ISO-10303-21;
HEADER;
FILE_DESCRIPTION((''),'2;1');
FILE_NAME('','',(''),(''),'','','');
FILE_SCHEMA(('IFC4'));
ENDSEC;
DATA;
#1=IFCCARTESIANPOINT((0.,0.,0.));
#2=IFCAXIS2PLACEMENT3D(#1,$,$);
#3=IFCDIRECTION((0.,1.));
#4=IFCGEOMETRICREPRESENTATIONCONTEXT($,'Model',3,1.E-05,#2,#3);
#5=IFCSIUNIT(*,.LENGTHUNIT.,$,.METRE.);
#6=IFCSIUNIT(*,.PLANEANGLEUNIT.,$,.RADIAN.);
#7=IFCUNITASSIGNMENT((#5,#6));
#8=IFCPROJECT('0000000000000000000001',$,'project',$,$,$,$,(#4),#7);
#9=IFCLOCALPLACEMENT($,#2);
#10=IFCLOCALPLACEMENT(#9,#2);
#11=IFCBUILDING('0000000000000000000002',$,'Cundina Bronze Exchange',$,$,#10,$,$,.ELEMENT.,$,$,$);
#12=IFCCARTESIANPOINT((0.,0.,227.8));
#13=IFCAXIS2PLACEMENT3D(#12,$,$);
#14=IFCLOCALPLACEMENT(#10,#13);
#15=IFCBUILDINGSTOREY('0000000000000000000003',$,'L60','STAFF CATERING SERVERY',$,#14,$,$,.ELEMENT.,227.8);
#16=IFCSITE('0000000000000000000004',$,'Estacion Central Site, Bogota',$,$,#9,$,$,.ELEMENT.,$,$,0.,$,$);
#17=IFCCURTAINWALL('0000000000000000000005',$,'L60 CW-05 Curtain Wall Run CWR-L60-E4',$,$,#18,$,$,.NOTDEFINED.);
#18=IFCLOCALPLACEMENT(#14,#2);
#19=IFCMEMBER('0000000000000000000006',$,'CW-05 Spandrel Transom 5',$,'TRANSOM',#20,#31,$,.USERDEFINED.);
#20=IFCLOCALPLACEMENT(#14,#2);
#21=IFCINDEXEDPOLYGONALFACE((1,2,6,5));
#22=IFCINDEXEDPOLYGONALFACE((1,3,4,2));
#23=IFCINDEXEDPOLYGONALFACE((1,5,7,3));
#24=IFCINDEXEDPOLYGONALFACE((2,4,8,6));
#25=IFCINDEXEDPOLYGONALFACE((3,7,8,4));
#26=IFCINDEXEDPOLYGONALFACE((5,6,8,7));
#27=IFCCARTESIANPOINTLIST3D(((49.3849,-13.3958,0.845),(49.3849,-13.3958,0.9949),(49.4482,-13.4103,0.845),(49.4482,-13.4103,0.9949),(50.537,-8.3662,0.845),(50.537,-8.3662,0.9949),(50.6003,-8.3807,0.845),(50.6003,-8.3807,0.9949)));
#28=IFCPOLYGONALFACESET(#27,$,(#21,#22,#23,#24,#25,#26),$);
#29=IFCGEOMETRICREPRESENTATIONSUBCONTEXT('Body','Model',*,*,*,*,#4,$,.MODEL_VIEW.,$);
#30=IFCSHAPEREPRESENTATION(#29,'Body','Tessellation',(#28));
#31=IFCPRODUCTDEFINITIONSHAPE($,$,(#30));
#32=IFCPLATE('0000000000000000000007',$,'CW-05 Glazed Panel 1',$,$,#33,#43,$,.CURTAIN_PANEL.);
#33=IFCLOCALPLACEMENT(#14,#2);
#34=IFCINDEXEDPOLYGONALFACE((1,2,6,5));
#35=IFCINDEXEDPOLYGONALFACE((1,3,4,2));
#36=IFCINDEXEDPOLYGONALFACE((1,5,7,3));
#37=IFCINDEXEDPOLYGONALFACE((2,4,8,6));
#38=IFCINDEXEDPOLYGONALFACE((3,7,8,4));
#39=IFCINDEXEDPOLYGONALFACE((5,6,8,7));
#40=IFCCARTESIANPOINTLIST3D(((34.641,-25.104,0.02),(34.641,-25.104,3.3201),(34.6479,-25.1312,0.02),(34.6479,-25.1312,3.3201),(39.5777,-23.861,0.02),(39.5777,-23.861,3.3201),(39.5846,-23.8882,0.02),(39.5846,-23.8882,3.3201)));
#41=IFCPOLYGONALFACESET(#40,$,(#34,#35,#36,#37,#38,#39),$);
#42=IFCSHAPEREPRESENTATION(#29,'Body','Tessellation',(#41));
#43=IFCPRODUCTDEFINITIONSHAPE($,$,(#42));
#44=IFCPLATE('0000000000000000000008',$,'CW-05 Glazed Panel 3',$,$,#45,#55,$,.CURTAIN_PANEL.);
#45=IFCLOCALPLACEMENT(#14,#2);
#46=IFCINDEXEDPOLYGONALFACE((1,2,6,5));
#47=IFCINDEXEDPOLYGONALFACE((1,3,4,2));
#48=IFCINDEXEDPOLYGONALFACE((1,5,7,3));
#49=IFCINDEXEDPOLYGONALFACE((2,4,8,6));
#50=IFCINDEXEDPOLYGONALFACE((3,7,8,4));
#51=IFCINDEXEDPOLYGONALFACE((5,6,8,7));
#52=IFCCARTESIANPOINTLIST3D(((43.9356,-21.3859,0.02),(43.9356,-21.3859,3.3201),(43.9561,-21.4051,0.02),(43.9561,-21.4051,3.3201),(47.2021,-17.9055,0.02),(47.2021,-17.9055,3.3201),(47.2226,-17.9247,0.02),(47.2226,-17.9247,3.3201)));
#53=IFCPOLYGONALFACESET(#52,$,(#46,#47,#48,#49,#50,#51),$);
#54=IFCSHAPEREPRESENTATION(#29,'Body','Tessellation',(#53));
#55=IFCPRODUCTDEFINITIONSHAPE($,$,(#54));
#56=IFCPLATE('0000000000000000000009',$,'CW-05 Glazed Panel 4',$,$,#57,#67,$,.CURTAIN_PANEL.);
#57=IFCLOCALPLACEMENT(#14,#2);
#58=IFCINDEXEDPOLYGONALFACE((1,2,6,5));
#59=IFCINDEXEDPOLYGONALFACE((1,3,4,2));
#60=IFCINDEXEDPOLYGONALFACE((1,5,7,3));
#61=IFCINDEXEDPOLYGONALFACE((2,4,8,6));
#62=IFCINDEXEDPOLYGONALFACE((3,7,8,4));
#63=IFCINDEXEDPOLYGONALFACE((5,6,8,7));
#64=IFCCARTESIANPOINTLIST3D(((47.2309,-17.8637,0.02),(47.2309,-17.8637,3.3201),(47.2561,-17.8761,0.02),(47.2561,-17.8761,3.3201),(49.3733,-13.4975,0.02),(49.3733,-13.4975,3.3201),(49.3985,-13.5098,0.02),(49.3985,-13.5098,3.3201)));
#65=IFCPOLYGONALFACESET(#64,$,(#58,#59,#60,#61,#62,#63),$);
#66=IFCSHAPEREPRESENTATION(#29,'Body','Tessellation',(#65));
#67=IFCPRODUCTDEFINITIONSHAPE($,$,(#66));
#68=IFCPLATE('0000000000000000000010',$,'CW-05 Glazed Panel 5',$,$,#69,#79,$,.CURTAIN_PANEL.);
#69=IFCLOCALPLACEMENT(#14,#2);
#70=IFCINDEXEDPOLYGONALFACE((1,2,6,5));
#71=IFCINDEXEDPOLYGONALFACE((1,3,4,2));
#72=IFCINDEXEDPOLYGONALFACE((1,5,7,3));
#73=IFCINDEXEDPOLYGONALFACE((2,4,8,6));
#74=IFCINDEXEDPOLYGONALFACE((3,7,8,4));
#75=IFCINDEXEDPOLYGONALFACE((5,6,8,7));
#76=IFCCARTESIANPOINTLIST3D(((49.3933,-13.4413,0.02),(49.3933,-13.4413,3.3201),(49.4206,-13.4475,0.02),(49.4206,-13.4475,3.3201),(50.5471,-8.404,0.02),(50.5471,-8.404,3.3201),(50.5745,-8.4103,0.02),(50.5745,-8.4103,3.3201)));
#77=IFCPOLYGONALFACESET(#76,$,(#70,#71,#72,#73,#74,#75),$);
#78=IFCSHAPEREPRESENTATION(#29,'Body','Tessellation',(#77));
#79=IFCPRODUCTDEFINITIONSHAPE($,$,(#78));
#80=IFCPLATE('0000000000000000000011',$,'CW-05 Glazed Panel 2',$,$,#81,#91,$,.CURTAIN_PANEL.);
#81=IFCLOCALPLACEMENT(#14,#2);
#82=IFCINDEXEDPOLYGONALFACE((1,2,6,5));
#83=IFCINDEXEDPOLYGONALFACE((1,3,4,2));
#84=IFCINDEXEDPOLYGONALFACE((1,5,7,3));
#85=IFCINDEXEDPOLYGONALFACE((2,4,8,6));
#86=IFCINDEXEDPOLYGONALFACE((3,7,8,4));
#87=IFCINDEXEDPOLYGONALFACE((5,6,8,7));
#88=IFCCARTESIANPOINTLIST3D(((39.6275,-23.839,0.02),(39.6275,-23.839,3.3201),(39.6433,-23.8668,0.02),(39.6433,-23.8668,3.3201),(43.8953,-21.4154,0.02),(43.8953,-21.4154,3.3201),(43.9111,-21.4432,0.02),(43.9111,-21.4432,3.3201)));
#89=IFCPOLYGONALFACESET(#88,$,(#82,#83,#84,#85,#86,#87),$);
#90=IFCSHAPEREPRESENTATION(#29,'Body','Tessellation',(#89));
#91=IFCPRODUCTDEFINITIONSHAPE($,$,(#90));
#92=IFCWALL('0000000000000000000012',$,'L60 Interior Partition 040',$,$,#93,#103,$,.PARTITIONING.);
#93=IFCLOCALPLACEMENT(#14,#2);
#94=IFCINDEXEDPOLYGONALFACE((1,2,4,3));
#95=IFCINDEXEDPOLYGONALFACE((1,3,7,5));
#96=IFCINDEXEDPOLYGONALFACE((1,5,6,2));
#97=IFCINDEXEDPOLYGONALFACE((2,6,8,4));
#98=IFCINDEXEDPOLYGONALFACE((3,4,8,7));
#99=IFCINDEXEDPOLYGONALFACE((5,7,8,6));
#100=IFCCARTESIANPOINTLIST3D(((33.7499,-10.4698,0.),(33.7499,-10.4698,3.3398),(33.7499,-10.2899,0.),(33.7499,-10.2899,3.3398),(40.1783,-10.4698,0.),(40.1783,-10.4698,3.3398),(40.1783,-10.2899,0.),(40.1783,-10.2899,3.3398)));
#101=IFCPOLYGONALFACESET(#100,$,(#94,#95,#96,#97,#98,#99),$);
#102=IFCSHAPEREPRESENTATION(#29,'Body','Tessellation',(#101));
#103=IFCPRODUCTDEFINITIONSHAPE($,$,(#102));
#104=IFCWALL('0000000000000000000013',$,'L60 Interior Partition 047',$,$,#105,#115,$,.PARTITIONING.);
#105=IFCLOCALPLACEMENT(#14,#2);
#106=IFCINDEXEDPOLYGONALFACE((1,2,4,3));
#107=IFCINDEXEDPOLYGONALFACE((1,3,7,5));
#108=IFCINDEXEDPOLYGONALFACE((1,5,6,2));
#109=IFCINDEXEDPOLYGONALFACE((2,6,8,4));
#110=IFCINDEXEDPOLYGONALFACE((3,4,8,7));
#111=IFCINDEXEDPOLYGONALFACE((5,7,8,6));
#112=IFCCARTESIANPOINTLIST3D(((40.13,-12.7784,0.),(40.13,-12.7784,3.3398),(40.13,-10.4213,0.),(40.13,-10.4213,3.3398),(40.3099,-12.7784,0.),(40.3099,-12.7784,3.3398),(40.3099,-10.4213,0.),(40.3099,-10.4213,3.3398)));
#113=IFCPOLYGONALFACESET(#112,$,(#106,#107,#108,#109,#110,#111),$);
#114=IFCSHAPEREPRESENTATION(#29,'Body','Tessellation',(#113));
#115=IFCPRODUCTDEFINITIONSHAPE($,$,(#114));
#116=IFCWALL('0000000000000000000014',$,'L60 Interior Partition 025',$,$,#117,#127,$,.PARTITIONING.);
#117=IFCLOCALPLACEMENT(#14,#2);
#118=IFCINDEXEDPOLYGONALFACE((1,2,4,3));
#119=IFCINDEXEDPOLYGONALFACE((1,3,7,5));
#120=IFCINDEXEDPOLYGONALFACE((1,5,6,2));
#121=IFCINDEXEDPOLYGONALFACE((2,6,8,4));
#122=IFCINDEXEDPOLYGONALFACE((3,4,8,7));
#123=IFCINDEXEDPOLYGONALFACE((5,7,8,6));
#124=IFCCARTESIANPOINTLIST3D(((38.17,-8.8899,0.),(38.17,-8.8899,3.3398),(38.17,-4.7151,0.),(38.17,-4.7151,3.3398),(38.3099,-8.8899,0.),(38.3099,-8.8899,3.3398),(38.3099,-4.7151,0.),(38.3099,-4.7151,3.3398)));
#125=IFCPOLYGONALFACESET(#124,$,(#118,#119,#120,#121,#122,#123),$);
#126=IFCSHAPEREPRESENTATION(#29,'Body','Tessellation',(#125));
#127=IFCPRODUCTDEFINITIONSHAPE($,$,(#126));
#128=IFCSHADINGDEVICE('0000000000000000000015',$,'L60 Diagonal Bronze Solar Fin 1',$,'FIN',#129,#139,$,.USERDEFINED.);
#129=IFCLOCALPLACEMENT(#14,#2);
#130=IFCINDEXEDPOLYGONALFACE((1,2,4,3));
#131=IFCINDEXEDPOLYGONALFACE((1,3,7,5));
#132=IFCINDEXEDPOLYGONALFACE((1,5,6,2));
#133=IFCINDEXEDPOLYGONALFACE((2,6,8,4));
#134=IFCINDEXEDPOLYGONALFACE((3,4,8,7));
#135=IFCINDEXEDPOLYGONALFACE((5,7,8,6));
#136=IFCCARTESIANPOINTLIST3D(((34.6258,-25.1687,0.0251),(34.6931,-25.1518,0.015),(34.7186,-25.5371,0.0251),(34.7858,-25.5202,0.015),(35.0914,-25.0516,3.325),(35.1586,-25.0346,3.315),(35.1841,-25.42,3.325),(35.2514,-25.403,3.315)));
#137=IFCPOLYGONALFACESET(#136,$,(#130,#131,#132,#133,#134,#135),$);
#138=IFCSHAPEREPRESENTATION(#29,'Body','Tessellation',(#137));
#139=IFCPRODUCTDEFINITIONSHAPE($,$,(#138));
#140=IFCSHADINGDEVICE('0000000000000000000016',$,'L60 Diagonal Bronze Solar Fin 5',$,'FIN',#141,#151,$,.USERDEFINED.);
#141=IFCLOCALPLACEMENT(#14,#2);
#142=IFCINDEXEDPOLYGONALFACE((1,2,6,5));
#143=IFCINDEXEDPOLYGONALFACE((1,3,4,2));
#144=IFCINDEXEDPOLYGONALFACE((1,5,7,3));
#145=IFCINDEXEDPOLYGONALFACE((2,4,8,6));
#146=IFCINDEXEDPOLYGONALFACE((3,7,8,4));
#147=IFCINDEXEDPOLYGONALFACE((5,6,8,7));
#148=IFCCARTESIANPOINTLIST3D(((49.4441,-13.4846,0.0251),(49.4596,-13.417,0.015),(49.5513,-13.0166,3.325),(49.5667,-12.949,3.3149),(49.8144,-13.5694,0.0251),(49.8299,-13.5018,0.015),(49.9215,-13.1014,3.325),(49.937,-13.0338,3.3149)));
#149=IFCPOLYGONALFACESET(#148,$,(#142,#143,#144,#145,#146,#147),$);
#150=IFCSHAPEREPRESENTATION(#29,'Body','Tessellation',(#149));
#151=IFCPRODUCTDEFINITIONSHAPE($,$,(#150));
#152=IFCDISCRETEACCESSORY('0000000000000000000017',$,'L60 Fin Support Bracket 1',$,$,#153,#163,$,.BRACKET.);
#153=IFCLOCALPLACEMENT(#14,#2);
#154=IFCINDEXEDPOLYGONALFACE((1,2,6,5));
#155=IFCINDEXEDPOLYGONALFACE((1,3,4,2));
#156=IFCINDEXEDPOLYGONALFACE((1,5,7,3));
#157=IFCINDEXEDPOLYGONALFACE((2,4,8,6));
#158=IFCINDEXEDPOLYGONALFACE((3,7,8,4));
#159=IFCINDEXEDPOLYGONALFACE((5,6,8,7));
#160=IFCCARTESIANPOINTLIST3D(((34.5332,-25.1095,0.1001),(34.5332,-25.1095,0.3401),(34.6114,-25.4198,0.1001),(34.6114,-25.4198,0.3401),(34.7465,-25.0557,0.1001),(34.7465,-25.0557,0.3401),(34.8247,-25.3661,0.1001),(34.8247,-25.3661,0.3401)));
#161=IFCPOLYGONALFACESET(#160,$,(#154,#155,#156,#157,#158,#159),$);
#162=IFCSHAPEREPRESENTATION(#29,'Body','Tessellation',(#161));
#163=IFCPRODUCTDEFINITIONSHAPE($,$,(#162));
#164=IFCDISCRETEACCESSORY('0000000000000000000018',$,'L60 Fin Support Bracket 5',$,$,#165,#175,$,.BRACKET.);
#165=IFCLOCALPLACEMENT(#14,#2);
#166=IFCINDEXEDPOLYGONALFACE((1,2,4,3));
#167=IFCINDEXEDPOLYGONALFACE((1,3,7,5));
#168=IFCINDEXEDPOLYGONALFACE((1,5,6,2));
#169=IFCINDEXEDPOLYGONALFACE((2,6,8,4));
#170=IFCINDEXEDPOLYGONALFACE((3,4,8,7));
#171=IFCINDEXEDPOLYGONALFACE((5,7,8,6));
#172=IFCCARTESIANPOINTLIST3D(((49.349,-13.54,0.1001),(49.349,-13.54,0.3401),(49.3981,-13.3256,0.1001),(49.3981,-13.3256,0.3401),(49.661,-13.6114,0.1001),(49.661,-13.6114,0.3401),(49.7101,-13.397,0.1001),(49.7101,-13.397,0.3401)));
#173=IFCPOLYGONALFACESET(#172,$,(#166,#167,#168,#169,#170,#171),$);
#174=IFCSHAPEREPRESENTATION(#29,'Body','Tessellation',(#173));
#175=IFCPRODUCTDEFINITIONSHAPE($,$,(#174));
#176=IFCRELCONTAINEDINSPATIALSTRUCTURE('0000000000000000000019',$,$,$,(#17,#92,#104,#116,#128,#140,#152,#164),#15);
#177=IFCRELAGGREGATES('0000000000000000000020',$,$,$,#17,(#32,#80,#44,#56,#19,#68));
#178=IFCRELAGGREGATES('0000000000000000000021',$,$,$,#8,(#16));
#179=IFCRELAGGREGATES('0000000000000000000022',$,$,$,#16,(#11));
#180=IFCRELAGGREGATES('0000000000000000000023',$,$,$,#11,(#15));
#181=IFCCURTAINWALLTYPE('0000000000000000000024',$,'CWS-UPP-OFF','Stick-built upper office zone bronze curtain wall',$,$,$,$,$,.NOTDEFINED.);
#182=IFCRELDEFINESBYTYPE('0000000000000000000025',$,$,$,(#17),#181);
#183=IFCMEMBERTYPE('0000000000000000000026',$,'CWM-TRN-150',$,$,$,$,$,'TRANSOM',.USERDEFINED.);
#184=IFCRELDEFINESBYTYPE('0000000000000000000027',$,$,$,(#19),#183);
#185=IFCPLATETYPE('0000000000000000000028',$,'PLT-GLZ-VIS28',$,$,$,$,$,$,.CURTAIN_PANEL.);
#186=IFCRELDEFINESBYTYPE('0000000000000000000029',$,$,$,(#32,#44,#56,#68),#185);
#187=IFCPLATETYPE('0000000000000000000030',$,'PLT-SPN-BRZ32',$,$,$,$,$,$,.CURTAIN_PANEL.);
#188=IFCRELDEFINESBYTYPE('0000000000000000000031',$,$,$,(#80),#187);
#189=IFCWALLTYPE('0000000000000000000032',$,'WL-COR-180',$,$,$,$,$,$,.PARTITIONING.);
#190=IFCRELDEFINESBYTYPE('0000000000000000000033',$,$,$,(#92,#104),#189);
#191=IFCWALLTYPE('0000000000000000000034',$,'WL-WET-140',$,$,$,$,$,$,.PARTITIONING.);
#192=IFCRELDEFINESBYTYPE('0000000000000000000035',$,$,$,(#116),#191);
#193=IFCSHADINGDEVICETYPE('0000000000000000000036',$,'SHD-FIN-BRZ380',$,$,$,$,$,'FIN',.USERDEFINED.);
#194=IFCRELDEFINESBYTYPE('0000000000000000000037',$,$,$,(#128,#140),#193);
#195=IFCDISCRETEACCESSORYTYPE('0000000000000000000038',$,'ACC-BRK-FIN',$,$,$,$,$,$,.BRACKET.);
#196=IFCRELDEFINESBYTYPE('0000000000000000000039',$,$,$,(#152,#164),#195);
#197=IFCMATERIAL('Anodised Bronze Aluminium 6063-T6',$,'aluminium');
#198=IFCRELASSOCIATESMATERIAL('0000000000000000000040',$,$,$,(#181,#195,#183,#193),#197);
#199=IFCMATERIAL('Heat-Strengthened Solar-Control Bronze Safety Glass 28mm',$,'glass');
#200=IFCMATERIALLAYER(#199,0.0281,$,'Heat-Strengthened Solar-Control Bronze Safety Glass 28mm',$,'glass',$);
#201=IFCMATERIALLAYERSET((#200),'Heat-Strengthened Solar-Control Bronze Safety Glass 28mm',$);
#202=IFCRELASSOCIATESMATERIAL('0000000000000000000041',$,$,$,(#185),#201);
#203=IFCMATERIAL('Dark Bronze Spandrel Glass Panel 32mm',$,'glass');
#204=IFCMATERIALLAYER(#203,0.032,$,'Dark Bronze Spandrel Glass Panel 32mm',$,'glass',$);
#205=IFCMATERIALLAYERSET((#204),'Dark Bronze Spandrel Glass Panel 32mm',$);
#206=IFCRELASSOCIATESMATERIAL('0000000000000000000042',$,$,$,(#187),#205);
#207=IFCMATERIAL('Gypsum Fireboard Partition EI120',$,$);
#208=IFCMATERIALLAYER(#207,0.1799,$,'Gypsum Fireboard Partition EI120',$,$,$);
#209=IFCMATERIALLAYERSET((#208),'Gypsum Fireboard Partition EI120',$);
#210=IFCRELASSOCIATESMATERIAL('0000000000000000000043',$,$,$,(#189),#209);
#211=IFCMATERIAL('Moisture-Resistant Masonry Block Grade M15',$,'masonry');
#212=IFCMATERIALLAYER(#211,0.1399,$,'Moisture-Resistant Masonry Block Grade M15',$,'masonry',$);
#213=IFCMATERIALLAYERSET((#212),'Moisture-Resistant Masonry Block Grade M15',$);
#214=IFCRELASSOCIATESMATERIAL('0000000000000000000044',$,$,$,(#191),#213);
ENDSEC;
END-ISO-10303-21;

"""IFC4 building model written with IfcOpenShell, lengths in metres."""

from ifc_helpers import new_model, si_unit, direction, frame, frame_2d, origin, origin_2d, place, context, subcontext, project, spatial, rectangle, extrude, material, layer, layer_set, material_profile, profile_set, type_object, element, aggregate, save


model = new_model("IFC4")

# Units and contexts
model_context = context("Model", 3, precision=1e-05, world=origin(), true_north=direction((0.0, 1.0)))
body_context = subcontext(model_context, "Body", "Model", "MODEL_VIEW")
ifc_project = project(units=[si_unit("LENGTHUNIT", "METRE"), si_unit("PLANEANGLEUNIT", "RADIAN")], contexts=[model_context])

# Site, building, storey
site_placement = place(None, origin())
site = spatial("IfcSite", under=ifc_project, at=site_placement, Name="Estacion Central Site, Bogota", CompositionType="ELEMENT", RefElevation=0.0)
building_placement = place(site_placement, origin())
building = spatial("IfcBuilding", under=site, at=building_placement, Name="Cundina Bronze Exchange", CompositionType="ELEMENT")
storey_placement = place(building_placement, frame((0.0, 0.0, 227.8)))
storey = spatial("IfcBuildingStorey", under=building, at=storey_placement, Name="L60", Description="STAFF CATERING SERVERY", CompositionType="ELEMENT", Elevation=227.8)

# Curtain wall, member, plates
ifc_material_1 = material(Name="Anodised Bronze Aluminium 6063-T6", Category="aluminium")
curtain_wall_type = type_object("IfcCurtainWallType", Name="CWS-UPP-OFF", Description="Stick-built upper office zone bronze curtain wall", PredefinedType="NOTDEFINED", material=ifc_material_1)
curtain_wall_placement = place(storey_placement, origin())
curtain_wall = element("IfcCurtainWall", 1, at=curtain_wall_placement, inside=storey, type_object=curtain_wall_type, Name="L60 CW-05 Curtain Wall Run CWR-L60-E4", PredefinedType="NOTDEFINED")
ifc_material_profile_1 = material_profile(ifc_material_1, rectangle(XDim=0.0649, YDim=0.1499, at=origin_2d()), Name="AL65X150", Category="aluminium")
ifc_profile_set_1 = profile_set([ifc_material_profile_1], Name="Anodised Bronze Aluminium 6063-T6")
member_type_1 = type_object("IfcMemberType", Name="CWM-TRN-150", ElementType="TRANSOM", PredefinedType="USERDEFINED", material=ifc_profile_set_1)
member_1_placement = place(storey_placement, frame((49.4165, -13.4031, 0.9199), z_axis=(0.223283, 0.974754, 0.0), x_axis=(-0.974754, 0.223283, 0.0)))
member_1 = element("IfcMember", 2, at=member_1_placement, type_object=member_type_1, Name="CW-05 Spandrel Transom 5", ObjectType="TRANSOM", PredefinedType="USERDEFINED", context=body_context, shape_type="SweptSolid", body=[
    extrude(rectangle(XDim=0.0649, YDim=0.1499, at=origin_2d()), origin(), (0.0, 0.0, 1.0), 5.1599),
])
ifc_material_2 = material(Name="Heat-Strengthened Solar-Control Bronze Safety Glass 28mm", Category="glass")
ifc_layer_1 = layer(ifc_material_2, 0.0281, Name="Heat-Strengthened Solar-Control Bronze Safety Glass 28mm", Category="glass")
ifc_layer_set_1 = layer_set([ifc_layer_1], Name="Heat-Strengthened Solar-Control Bronze Safety Glass 28mm")
plate_type_1 = type_object("IfcPlateType", Name="PLT-GLZ-VIS28", PredefinedType="CURTAIN_PANEL", material=ifc_layer_set_1)
plate_1_placement = place(storey_placement, frame((37.1128, -24.4961, 0.02), z_axis=(0.0, 0.0, 1.0), x_axis=(0.969732, 0.244174, 0.0)))
plate_1 = element("IfcPlate", 3, at=plate_1_placement, type_object=plate_type_1, Name="CW-05 Glazed Panel 1", PredefinedType="CURTAIN_PANEL", context=body_context, shape_type="SweptSolid", body=[
    extrude(rectangle(XDim=5.0908, YDim=0.0281, at=origin_2d()), origin(), (0.0, 0.0, 1.0), 3.3),
])
plate_2_placement = place(storey_placement, frame((45.5791, -19.6553, 0.02), z_axis=(0.0, 0.0, 1.0), x_axis=(0.684344, 0.72916, 0.0)))
plate_2 = element("IfcPlate", 4, at=plate_2_placement, type_object=plate_type_1, Name="CW-05 Glazed Panel 3", PredefinedType="CURTAIN_PANEL", context=body_context, shape_type="SweptSolid", body=[
    extrude(rectangle(XDim=4.7732, YDim=0.0281, at=origin_2d()), origin(), (0.0, 0.0, 1.0), 3.3),
])
plate_3_placement = place(storey_placement, frame((48.3147, -15.6868, 0.02), z_axis=(0.0, 0.0, 1.0), x_axis=(0.440503, 0.897751, 0.0)))
plate_3 = element("IfcPlate", 5, at=plate_3_placement, type_object=plate_type_1, Name="CW-05 Glazed Panel 4", PredefinedType="CURTAIN_PANEL", context=body_context, shape_type="SweptSolid", body=[
    extrude(rectangle(XDim=4.8635, YDim=0.0281, at=origin_2d()), origin(), (0.0, 0.0, 1.0), 3.3),
])
plate_4_placement = place(storey_placement, frame((49.9839, -10.9258, 0.02), z_axis=(0.0, 0.0, 1.0), x_axis=(0.223284, 0.974753, 0.0)))
plate_4 = element("IfcPlate", 6, at=plate_4_placement, type_object=plate_type_1, Name="CW-05 Glazed Panel 5", PredefinedType="CURTAIN_PANEL", context=body_context, shape_type="SweptSolid", body=[
    extrude(rectangle(XDim=5.1677, YDim=0.0281, at=origin_2d()), origin(), (0.0, 0.0, 1.0), 3.3),
])
ifc_material_3 = material(Name="Dark Bronze Spandrel Glass Panel 32mm", Category="glass")
ifc_layer_2 = layer(ifc_material_3, 0.032, Name="Dark Bronze Spandrel Glass Panel 32mm", Category="glass")
ifc_layer_set_2 = layer_set([ifc_layer_2], Name="Dark Bronze Spandrel Glass Panel 32mm")
plate_type_2 = type_object("IfcPlateType", Name="PLT-SPN-BRZ32", PredefinedType="CURTAIN_PANEL", material=ifc_layer_set_2)
plate_5_placement = place(storey_placement, frame((41.7693, -22.6411, 0.02), z_axis=(0.0, 0.0, 1.0), x_axis=(0.869573, 0.493805, 0.0)))
plate_5 = element("IfcPlate", 7, at=plate_5_placement, type_object=plate_type_2, Name="CW-05 Glazed Panel 2", PredefinedType="CURTAIN_PANEL", context=body_context, shape_type="SweptSolid", body=[
    extrude(rectangle(XDim=4.908, YDim=0.032, at=origin_2d()), origin(), (0.0, 0.0, 1.0), 3.3),
])
aggregate(curtain_wall, [plate_1, plate_5, plate_2, plate_3, member_1, plate_4])

# Walls
ifc_material_4 = material(Name="Gypsum Fireboard Partition EI120")
ifc_layer_3 = layer(ifc_material_4, 0.1799, Name="Gypsum Fireboard Partition EI120")
ifc_layer_set_3 = layer_set([ifc_layer_3], Name="Gypsum Fireboard Partition EI120")
wall_type_1 = type_object("IfcWallType", Name="WL-COR-180", PredefinedType="PARTITIONING", material=ifc_layer_set_3)
wall_1_placement = place(storey_placement, frame((40.1785, -10.3799, 0.0), z_axis=(0.0, 0.0, 1.0), x_axis=(-1.0, 0.0, 0.0)))
element("IfcWall", 8, at=wall_1_placement, inside=storey, type_object=wall_type_1, Name="L60 Interior Partition 040", PredefinedType="PARTITIONING", context=body_context, shape_type="SweptSolid", body=[
    extrude(rectangle(XDim=6.4285, YDim=0.1799, at=frame_2d((3.2144, 0.0))), origin(), (0.0, 0.0, 1.0), 3.3398),
])
wall_2_placement = place(storey_placement, frame((40.22, -12.7786, 0.0), z_axis=(0.0, 0.0, 1.0), x_axis=(0.0, 1.0, 0.0)))
element("IfcWall", 9, at=wall_2_placement, inside=storey, type_object=wall_type_1, Name="L60 Interior Partition 047", PredefinedType="PARTITIONING", context=body_context, shape_type="SweptSolid", body=[
    extrude(rectangle(XDim=2.3572, YDim=0.1799, at=frame_2d((1.1787, 0.0))), origin(), (0.0, 0.0, 1.0), 3.3398),
])
ifc_material_5 = material(Name="Moisture-Resistant Masonry Block Grade M15", Category="masonry")
ifc_layer_4 = layer(ifc_material_5, 0.1399, Name="Moisture-Resistant Masonry Block Grade M15", Category="masonry")
ifc_layer_set_4 = layer_set([ifc_layer_4], Name="Moisture-Resistant Masonry Block Grade M15")
wall_type_2 = type_object("IfcWallType", Name="WL-WET-140", PredefinedType="PARTITIONING", material=ifc_layer_set_4)
wall_3_placement = place(storey_placement, frame((38.24, -8.8899, 0.0), z_axis=(0.0, 0.0, 1.0), x_axis=(0.0, 1.0, 0.0)))
element("IfcWall", 10, at=wall_3_placement, inside=storey, type_object=wall_type_2, Name="L60 Interior Partition 025", PredefinedType="PARTITIONING", context=body_context, shape_type="SweptSolid", body=[
    extrude(rectangle(XDim=4.1748, YDim=0.1399, at=frame_2d((2.0874, 0.0))), origin(), (0.0, 0.0, 1.0), 3.3398),
])

# Shading devices
ifc_material_profile_2 = material_profile(ifc_material_1, rectangle(XDim=0.0701, YDim=0.3799, at=origin_2d()), Name="FIN70X380", Category="aluminium")
ifc_profile_set_2 = profile_set([ifc_material_profile_2], Name="Anodised Bronze Aluminium 6063-T6")
shading_device_type = type_object("IfcShadingDeviceType", Name="SHD-FIN-BRZ380", ElementType="FIN", PredefinedType="USERDEFINED", material=ifc_profile_set_2)
for number, where, z_axis, x_axis, name in (
    (11, (34.7058, -25.3445, 0.02), (0.139612, 0.035141, 0.989583), (-0.95965, -0.241548, 0.143967), "L60 Diagonal Bronze Solar Fin 1"),
    (12, (49.637, -13.4932, 0.02), (0.032139, 0.140344, 0.989581), (-0.220899, -0.964611, 0.143977), "L60 Diagonal Bronze Solar Fin 5"),
):
    element("IfcShadingDevice", number, at=place(storey_placement, frame(where, z_axis=z_axis, x_axis=x_axis)), inside=storey, type_object=shading_device_type, Name=name, ObjectType="FIN", PredefinedType="USERDEFINED", context=body_context, shape_type="SweptSolid", body=[
        extrude(rectangle(XDim=0.0701, YDim=0.3799, at=origin_2d()), origin(), (0.0, 0.0, 1.0), 3.3347),
    ])

# Discrete accessories
discrete_accessory_type = type_object("IfcDiscreteAccessoryType", Name="ACC-BRK-FIN", PredefinedType="BRACKET", material=ifc_material_1)
for number, where, z_axis, x_axis, name in (
    (13, (34.679, -25.2378, 0.1001), (0.0, 0.0, 1.0), (0.969732, 0.244174, 0.0), "L60 Fin Support Bracket 1"),
    (14, (49.5295, -13.4685, 0.1001), (0.0, 0.0, 1.0), (0.223284, 0.974753, 0.0), "L60 Fin Support Bracket 5"),
):
    element("IfcDiscreteAccessory", number, at=place(storey_placement, frame(where, z_axis=z_axis, x_axis=x_axis)), inside=storey, type_object=discrete_accessory_type, Name=name, PredefinedType="BRACKET", context=body_context, shape_type="SweptSolid", body=[
        extrude(rectangle(XDim=0.22, YDim=0.3201, at=origin_2d()), origin(), (0.0, 0.0, 1.0), 0.24),
    ])

save(model, "model.ifc")
